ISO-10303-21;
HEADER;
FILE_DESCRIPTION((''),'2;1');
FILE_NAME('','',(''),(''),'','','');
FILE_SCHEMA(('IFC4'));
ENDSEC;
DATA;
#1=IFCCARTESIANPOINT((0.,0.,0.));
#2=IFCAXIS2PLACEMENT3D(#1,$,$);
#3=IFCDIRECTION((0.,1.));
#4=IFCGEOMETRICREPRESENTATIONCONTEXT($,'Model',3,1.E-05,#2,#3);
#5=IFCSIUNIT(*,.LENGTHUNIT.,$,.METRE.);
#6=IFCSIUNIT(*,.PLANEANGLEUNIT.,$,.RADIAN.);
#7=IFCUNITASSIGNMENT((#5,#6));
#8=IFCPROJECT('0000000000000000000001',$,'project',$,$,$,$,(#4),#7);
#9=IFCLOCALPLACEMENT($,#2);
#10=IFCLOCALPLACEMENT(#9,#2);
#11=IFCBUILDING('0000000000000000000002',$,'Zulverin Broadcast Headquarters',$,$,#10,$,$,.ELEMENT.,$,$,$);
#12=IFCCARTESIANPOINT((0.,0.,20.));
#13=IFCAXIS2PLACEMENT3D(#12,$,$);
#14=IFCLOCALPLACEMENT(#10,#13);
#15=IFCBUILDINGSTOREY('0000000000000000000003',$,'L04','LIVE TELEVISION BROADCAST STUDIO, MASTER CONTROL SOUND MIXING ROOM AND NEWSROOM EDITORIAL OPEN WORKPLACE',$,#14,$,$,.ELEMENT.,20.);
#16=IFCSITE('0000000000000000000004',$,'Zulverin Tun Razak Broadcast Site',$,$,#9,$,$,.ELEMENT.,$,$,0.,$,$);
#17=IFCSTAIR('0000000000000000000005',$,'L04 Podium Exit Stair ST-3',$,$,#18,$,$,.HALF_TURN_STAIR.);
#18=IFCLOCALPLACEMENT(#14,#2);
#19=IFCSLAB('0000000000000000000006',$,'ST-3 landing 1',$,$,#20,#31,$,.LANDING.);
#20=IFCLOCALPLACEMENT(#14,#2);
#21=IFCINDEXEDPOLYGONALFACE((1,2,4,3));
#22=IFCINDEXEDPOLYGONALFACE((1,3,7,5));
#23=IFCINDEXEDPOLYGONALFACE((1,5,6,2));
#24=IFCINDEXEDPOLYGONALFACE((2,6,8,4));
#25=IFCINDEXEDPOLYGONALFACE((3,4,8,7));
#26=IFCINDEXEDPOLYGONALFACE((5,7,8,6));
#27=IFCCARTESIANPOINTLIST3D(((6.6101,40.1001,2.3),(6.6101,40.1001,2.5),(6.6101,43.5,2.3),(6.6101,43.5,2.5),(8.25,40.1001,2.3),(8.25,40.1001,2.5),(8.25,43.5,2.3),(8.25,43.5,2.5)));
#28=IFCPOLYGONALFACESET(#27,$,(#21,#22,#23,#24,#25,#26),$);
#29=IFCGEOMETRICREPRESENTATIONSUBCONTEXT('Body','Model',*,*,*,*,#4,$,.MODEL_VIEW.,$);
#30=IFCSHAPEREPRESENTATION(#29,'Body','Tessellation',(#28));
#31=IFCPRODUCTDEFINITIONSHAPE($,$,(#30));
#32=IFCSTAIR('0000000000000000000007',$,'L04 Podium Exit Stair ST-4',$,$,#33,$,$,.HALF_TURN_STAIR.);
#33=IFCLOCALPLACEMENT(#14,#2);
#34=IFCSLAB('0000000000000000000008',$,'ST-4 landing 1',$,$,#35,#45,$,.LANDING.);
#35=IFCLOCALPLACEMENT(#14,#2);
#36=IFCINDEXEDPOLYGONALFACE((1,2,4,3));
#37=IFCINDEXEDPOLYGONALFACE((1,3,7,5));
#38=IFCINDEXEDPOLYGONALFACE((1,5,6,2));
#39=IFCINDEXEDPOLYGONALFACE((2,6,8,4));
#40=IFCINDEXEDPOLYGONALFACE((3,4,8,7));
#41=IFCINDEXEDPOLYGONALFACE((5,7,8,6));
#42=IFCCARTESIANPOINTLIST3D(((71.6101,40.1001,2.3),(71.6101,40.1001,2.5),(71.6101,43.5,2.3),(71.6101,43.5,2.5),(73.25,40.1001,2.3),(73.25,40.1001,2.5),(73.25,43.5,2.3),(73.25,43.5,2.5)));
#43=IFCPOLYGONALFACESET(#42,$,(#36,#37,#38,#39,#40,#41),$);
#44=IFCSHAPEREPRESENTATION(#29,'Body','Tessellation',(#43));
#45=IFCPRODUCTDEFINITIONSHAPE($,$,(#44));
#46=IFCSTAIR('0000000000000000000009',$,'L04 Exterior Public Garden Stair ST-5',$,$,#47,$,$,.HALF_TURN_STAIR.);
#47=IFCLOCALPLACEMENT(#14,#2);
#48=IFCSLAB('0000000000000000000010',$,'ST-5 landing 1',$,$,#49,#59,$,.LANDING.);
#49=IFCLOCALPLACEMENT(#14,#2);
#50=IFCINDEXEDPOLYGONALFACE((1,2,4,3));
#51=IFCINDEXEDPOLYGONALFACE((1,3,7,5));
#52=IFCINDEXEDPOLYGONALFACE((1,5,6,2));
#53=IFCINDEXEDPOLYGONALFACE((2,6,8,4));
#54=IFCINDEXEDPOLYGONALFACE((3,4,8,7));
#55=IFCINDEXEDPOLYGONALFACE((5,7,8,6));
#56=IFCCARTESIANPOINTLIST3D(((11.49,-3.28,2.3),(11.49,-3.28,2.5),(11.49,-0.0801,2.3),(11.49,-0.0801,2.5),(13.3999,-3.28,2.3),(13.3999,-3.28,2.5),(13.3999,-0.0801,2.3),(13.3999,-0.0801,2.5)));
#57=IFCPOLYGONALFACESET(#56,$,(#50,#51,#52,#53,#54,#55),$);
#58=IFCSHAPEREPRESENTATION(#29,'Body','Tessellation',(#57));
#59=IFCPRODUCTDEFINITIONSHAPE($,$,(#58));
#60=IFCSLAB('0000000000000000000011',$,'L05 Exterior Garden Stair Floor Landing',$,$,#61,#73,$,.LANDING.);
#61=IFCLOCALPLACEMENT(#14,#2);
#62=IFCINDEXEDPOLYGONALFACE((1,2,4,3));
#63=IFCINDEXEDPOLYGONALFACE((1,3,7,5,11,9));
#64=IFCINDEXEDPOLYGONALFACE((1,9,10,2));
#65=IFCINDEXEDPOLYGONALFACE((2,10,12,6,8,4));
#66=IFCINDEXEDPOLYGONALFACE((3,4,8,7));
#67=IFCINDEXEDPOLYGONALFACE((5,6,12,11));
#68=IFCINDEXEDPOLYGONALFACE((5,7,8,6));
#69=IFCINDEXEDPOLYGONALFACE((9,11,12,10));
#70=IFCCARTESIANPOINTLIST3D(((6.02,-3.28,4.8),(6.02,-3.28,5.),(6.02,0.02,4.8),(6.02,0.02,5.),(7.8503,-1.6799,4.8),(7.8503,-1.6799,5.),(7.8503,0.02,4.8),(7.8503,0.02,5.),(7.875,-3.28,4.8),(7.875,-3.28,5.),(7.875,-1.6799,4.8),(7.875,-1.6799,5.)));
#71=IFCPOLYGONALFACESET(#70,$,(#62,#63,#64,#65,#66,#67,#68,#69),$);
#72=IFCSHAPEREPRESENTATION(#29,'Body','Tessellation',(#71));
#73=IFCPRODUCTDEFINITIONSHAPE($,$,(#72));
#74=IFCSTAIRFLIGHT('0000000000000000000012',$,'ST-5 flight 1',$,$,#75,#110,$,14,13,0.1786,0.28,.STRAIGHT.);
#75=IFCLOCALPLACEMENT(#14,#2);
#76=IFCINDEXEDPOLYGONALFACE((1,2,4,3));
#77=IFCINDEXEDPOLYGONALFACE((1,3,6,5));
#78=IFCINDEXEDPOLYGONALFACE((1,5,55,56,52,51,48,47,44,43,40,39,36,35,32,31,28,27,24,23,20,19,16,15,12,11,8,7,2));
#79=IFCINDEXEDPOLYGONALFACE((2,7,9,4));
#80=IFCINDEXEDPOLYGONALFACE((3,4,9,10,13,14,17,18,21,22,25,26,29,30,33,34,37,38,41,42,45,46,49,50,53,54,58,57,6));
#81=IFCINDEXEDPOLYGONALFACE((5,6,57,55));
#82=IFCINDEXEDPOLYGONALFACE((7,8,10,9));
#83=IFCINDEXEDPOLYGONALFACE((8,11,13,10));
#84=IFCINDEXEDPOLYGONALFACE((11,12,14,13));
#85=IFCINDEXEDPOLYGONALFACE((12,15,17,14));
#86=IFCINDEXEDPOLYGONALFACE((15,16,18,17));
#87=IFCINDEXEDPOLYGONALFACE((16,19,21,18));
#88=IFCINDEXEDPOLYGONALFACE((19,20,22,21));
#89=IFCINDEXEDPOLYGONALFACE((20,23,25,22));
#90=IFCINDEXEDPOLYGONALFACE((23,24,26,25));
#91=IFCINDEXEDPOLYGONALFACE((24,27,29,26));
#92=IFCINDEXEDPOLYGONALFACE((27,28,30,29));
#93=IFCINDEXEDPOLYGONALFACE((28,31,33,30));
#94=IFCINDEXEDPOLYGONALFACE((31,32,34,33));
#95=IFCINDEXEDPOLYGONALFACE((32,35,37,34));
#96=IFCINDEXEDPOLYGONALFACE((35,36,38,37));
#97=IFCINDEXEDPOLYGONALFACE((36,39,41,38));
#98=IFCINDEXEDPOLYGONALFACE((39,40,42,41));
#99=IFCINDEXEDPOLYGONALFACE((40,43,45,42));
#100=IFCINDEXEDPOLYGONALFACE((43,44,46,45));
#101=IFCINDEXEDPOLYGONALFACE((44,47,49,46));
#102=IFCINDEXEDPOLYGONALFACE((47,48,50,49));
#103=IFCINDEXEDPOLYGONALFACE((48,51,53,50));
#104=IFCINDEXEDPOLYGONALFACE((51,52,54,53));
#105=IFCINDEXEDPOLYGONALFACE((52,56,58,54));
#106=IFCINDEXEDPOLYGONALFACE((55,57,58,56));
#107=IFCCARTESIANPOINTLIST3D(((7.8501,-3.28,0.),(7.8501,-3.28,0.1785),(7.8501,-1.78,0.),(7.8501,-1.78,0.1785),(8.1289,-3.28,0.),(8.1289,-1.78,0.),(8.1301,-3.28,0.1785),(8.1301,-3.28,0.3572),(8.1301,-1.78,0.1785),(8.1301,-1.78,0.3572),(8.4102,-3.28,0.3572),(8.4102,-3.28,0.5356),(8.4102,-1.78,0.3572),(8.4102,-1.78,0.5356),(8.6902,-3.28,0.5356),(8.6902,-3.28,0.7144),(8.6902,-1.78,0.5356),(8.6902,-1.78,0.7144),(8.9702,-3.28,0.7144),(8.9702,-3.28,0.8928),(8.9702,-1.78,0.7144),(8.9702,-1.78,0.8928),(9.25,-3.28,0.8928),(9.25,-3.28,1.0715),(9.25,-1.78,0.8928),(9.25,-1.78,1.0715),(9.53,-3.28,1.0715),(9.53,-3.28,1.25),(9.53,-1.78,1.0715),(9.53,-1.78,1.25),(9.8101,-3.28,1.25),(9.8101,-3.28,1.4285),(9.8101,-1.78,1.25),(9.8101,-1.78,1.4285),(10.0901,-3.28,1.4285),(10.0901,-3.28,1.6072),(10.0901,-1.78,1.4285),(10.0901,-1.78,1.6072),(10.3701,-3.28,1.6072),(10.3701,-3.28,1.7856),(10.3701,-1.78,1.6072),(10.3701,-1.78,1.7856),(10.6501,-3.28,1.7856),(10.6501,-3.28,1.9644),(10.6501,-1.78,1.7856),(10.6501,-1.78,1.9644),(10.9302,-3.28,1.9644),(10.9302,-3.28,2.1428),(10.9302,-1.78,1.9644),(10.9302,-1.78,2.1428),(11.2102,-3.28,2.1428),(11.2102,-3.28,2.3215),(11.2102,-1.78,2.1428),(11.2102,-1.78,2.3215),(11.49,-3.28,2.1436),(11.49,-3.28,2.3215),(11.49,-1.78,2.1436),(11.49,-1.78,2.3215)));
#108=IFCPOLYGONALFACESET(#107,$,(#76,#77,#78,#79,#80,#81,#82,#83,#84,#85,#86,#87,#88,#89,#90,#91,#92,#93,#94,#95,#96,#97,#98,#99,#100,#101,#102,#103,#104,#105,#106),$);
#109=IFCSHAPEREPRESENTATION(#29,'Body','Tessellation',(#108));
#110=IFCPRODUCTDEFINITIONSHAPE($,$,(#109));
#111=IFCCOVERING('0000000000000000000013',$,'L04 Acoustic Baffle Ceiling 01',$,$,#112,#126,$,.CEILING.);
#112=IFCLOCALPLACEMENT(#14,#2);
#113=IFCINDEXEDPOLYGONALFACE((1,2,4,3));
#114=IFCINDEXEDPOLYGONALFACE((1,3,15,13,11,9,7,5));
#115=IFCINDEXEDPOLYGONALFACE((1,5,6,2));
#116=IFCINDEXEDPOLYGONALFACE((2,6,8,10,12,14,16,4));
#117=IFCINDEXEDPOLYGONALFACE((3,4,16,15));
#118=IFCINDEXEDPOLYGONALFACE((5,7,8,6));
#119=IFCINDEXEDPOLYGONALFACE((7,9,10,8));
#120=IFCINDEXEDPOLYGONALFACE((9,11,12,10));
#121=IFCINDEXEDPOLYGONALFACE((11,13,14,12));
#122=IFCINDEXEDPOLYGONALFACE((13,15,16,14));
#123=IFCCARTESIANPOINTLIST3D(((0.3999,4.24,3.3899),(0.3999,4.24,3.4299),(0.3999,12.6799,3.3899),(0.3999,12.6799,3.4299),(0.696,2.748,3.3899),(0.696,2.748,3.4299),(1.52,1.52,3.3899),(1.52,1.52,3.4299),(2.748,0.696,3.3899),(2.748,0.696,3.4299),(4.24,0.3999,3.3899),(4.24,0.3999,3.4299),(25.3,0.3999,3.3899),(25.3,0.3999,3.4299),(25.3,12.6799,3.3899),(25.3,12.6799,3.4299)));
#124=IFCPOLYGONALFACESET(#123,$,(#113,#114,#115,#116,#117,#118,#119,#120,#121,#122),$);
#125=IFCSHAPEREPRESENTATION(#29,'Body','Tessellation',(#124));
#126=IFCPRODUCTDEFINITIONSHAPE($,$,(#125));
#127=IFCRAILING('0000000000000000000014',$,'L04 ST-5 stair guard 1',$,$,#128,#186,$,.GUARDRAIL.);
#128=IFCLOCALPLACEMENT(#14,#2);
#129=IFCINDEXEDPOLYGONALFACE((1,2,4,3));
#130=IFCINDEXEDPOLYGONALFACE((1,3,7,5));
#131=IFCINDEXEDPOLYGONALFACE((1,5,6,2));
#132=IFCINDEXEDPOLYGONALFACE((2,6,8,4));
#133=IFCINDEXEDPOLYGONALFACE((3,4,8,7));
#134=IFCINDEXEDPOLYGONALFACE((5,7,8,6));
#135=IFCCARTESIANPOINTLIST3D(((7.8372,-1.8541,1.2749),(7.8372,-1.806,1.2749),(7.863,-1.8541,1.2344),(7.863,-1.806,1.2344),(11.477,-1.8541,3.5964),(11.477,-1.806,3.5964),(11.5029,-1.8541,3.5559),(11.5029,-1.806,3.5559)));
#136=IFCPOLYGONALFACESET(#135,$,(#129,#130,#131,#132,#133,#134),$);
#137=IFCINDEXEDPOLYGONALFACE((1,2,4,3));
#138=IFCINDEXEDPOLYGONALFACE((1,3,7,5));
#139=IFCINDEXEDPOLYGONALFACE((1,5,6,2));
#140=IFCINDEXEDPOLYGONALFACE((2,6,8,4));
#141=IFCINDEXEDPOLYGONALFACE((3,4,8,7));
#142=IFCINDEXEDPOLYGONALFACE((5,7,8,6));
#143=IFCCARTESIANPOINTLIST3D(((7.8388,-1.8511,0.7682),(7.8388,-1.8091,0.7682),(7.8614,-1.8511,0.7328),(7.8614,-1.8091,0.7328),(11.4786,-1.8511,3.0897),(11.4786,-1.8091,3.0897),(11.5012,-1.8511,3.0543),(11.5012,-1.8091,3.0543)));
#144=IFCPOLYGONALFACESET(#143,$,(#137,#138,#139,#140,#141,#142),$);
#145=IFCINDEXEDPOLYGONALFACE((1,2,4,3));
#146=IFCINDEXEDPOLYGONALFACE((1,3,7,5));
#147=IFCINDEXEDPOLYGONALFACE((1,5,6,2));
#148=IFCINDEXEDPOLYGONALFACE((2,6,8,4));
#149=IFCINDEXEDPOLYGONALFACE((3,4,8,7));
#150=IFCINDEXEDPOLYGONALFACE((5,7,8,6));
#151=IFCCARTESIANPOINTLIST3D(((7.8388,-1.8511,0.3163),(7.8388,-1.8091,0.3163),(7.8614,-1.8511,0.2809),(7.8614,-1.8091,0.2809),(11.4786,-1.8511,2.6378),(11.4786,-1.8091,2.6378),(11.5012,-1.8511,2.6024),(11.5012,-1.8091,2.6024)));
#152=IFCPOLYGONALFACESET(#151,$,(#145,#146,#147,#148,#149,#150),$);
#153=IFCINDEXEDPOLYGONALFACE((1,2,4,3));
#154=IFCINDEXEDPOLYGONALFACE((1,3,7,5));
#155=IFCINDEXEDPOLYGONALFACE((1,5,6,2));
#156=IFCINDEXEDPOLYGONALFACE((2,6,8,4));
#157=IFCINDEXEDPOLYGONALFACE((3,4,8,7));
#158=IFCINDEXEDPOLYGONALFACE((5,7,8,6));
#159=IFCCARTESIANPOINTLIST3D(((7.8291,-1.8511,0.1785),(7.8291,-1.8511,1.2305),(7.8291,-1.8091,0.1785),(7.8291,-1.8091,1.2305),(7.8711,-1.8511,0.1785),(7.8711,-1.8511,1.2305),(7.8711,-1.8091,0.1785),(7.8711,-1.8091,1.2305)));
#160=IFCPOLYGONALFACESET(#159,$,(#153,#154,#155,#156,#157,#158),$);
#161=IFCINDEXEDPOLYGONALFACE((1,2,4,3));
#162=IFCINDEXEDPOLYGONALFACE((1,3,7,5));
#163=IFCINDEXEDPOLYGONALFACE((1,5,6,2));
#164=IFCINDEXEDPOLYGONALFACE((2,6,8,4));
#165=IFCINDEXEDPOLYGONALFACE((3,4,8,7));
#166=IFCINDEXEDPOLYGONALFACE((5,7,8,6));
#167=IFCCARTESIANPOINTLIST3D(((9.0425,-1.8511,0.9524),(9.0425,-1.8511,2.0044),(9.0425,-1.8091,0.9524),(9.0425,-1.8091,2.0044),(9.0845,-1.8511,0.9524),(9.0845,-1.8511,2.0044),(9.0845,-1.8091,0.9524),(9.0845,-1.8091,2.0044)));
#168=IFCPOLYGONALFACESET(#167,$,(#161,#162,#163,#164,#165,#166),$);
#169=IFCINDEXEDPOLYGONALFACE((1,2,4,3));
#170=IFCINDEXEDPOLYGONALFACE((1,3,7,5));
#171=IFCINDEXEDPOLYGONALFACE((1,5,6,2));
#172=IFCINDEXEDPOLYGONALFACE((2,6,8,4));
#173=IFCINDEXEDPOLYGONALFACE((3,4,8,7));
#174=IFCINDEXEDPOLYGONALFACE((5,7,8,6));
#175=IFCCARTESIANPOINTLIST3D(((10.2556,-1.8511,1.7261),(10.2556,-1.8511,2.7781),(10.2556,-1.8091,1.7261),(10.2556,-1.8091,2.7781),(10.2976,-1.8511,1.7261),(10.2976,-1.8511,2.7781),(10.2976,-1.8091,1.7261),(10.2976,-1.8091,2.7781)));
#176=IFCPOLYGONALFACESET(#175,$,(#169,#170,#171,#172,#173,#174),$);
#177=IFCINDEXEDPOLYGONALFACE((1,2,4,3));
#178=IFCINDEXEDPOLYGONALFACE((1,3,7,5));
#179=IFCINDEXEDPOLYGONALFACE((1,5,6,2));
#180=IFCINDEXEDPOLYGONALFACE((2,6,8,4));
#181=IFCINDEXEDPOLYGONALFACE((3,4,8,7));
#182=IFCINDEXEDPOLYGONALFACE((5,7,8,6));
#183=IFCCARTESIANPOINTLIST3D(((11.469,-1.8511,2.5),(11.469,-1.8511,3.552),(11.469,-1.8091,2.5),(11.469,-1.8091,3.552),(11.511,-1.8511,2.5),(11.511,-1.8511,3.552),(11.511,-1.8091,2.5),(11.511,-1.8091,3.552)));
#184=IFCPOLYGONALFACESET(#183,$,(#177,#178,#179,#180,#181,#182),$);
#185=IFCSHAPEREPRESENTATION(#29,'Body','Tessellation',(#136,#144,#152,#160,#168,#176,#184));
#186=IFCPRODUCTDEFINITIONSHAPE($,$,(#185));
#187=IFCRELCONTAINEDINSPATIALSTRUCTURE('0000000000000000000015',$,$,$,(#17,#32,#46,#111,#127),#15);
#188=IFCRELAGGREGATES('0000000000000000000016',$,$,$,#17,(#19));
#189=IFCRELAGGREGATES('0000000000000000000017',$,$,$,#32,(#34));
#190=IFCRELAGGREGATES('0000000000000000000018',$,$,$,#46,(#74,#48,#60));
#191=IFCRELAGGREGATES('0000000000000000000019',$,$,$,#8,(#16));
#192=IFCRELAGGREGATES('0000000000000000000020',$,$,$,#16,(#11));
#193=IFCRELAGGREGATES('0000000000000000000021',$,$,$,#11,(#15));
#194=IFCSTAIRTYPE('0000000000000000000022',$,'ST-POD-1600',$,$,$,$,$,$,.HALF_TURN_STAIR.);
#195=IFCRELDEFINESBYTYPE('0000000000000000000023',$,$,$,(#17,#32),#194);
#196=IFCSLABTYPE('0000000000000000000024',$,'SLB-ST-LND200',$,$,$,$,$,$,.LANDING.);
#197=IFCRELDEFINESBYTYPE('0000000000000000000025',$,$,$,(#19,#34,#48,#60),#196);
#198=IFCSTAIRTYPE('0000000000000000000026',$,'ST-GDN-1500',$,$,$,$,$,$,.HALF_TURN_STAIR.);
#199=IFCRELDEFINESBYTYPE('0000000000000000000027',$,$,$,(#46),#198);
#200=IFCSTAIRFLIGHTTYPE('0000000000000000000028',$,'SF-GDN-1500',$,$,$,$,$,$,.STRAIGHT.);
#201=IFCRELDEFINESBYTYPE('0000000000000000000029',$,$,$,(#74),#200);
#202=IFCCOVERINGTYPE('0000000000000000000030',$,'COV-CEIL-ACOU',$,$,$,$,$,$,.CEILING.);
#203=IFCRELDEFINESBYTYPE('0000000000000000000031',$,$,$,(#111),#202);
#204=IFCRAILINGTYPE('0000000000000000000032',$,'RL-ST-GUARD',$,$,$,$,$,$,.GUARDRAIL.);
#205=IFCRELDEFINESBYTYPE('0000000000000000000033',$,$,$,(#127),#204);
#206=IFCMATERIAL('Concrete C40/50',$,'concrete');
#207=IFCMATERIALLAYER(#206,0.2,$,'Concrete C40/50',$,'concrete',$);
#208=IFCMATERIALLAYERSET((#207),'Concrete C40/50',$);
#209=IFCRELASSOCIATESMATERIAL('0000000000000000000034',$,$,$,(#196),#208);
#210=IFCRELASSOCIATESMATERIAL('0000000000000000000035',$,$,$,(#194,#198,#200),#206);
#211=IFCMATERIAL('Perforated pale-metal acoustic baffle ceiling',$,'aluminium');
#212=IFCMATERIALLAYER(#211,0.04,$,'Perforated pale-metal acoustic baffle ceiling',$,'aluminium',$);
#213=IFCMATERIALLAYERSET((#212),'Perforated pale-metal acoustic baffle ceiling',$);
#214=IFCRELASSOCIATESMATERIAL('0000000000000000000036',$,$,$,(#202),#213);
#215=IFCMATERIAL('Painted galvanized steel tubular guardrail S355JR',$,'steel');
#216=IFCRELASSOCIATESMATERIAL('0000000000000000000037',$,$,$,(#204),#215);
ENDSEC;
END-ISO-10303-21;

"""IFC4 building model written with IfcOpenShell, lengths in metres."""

from ifc_helpers import new_model, si_unit, direction, frame, origin, origin_2d, place, context, subcontext, project, spatial, polyline, rectangle, outline, extrude, material, layer, layer_set, type_object, element, aggregate, save


model = new_model("IFC4")

# Units and contexts
model_context = context("Model", 3, precision=1e-05, world=origin(), true_north=direction((0.0, 1.0)))
body_context = subcontext(model_context, "Body", "Model", "MODEL_VIEW")
ifc_project = project(units=[si_unit("LENGTHUNIT", "METRE"), si_unit("PLANEANGLEUNIT", "RADIAN")], contexts=[model_context])

# Site, building, storey
site_placement = place(None, origin())
site = spatial("IfcSite", under=ifc_project, at=site_placement, Name="Zulverin Tun Razak Broadcast Site", CompositionType="ELEMENT", RefElevation=0.0)
building_placement = place(site_placement, origin())
building = spatial("IfcBuilding", under=site, at=building_placement, Name="Zulverin Broadcast Headquarters", CompositionType="ELEMENT")
storey_placement = place(building_placement, frame((0.0, 0.0, 20.0)))
storey = spatial("IfcBuildingStorey", under=building, at=storey_placement, Name="L04", Description="LIVE TELEVISION BROADCAST STUDIO, MASTER CONTROL SOUND MIXING ROOM AND NEWSROOM EDITORIAL OPEN WORKPLACE", CompositionType="ELEMENT", Elevation=20.0)

# Shared definitions
ifc_material_1 = material(Name="Concrete C40/50", Category="concrete")

# Stairs, slabs
ifc_layer_1 = layer(ifc_material_1, 0.2, Name="Concrete C40/50", Category="concrete")
ifc_layer_set_1 = layer_set([ifc_layer_1], Name="Concrete C40/50")
slab_type_1 = type_object("IfcSlabType", Name="SLB-ST-LND200", PredefinedType="LANDING", material=ifc_layer_set_1)
stair_type_1 = type_object("IfcStairType", Name="ST-POD-1600", PredefinedType="HALF_TURN_STAIR", material=ifc_material_1)
stair_1_placement = place(storey_placement, origin())
stair_1 = element("IfcStair", 1, at=stair_1_placement, inside=storey, type_object=stair_type_1, Name="L04 Podium Exit Stair ST-3", PredefinedType="HALF_TURN_STAIR")
slab_1_placement = place(storey_placement, frame((0.0, 0.0, 2.3)))
slab_1 = element("IfcSlab", 2, at=slab_1_placement, type_object=slab_type_1, Name="ST-3 landing 1", PredefinedType="LANDING", context=body_context, shape_type="SweptSolid", body=[
    extrude(outline(polyline([(6.6101, 40.1001), (8.25, 40.1001), (8.25, 43.5), (6.6101, 43.5), (6.6101, 40.1001)])), origin(), (0.0, 0.0, 1.0), 0.2),
])
aggregate(stair_1, [slab_1])
stair_2_placement = place(storey_placement, origin())
stair_2 = element("IfcStair", 3, at=stair_2_placement, inside=storey, type_object=stair_type_1, Name="L04 Podium Exit Stair ST-4", PredefinedType="HALF_TURN_STAIR")
slab_2_placement = place(storey_placement, frame((0.0, 0.0, 2.3)))
slab_2 = element("IfcSlab", 4, at=slab_2_placement, type_object=slab_type_1, Name="ST-4 landing 1", PredefinedType="LANDING", context=body_context, shape_type="SweptSolid", body=[
    extrude(outline(polyline([(71.6101, 40.1001), (73.25, 40.1001), (73.25, 43.5), (71.6101, 43.5), (71.6101, 40.1001)])), origin(), (0.0, 0.0, 1.0), 0.2),
])
aggregate(stair_2, [slab_2])

# Stair, slabs, stair flight
stair_type_2 = type_object("IfcStairType", Name="ST-GDN-1500", PredefinedType="HALF_TURN_STAIR", material=ifc_material_1)
stair_3_placement = place(storey_placement, origin())
stair_3 = element("IfcStair", 5, at=stair_3_placement, inside=storey, type_object=stair_type_2, Name="L04 Exterior Public Garden Stair ST-5", PredefinedType="HALF_TURN_STAIR")
slab_3_placement = place(storey_placement, frame((0.0, 0.0, 2.3)))
slab_3 = element("IfcSlab", 6, at=slab_3_placement, type_object=slab_type_1, Name="ST-5 landing 1", PredefinedType="LANDING", context=body_context, shape_type="SweptSolid", body=[
    extrude(outline(polyline([(11.49, -3.28), (13.3999, -3.28), (13.3999, -0.0801), (11.49, -0.0801), (11.49, -3.28)])), origin(), (0.0, 0.0, 1.0), 0.2),
])
placement = place(building_placement, frame((0.0, 0.0, 25.0)))
slab_4_placement = place(placement, frame((0.0, 0.0, -0.2)))
slab_4 = element("IfcSlab", 7, at=slab_4_placement, type_object=slab_type_1, Name="L05 Exterior Garden Stair Floor Landing", PredefinedType="LANDING", context=body_context, shape_type="SweptSolid", body=[
    extrude(outline(polyline([(6.02, -3.28), (7.875, -3.28), (7.875, -1.6799), (7.8503, -1.6799), (7.8503, 0.02), (6.02, 0.02), (6.02, -3.28)])), origin(), (0.0, 0.0, 1.0), 0.2),
])
stair_flight_type = type_object("IfcStairFlightType", Name="SF-GDN-1500", PredefinedType="STRAIGHT", material=ifc_material_1)
stair_flight_placement = place(storey_placement, frame((7.8501, -2.53, 0.0), z_axis=(0.0, 0.0, 1.0), x_axis=(1.0, 0.0, 0.0)))
stair_flight = element("IfcStairFlight", 8, at=stair_flight_placement, type_object=stair_flight_type, Name="ST-5 flight 1", NumberOfRisers=14, NumberOfTreads=13, PredefinedType="STRAIGHT", RiserHeight=0.1786, TreadLength=0.28, context=body_context, shape_type="SweptSolid", body=[
    extrude(outline(polyline([(0.0, 0.0), (0.0, 0.1785), (0.28, 0.1785), (0.28, 0.3572), (0.5601, 0.3572), (0.5601, 0.5356), (0.8401, 0.5356), (0.8401, 0.7144), (1.1201, 0.7144), (1.1201, 0.8928), (1.3999, 0.8928), (1.3999, 1.0715), (1.6799, 1.0715), (1.6799, 1.25), (1.96, 1.25), (1.96, 1.4285), (2.24, 1.4285), (2.24, 1.6072), (2.52, 1.6072), (2.52, 1.7856), (2.8, 1.7856), (2.8, 1.9644), (3.0801, 1.9644), (3.0801, 2.1428), (3.3601, 2.1428), (3.3601, 2.3215), (3.6399, 2.3215), (3.6399, 2.5), (3.6399, 2.1436), (0.2788, 0.0), (0.0, 0.0)])), frame((0.0, 0.75, 0.0), z_axis=(0.0, -1.0, 0.0), x_axis=(1.0, 0.0, 0.0)), (0.0, 0.0, 1.0), 1.5),
])
aggregate(stair_3, [stair_flight, slab_3, slab_4])

# Covering
ifc_material_2 = material(Name="Perforated pale-metal acoustic baffle ceiling", Category="aluminium")
ifc_layer_2 = layer(ifc_material_2, 0.04, Name="Perforated pale-metal acoustic baffle ceiling", Category="aluminium")
ifc_layer_set_2 = layer_set([ifc_layer_2], Name="Perforated pale-metal acoustic baffle ceiling")
covering_type = type_object("IfcCoveringType", Name="COV-CEIL-ACOU", PredefinedType="CEILING", material=ifc_layer_set_2)
covering_placement = place(storey_placement, frame((0.0, 0.0, 3.3899)))
element("IfcCovering", 9, at=covering_placement, inside=storey, type_object=covering_type, Name="L04 Acoustic Baffle Ceiling 01", PredefinedType="CEILING", context=body_context, shape_type="SweptSolid", body=[
    extrude(outline(polyline([(0.3999, 4.24), (0.696, 2.748), (1.52, 1.52), (2.748, 0.696), (4.24, 0.3999), (25.3, 0.3999), (25.3, 12.6799), (0.3999, 12.6799), (0.3999, 4.24)])), origin(), (0.0, 0.0, 1.0), 0.04),
])

# Railing
ifc_material_3 = material(Name="Painted galvanized steel tubular guardrail S355JR", Category="steel")
railing_type_1 = type_object("IfcRailingType", Name="RL-ST-GUARD", PredefinedType="GUARDRAIL", material=ifc_material_3)
railing_1_placement = place(storey_placement, frame((7.8501, -1.8301, 0.1785)))
element("IfcRailing", 10, at=railing_1_placement, inside=storey, type_object=railing_type_1, Name="L04 ST-5 stair guard 1", PredefinedType="GUARDRAIL", context=body_context, shape_type="SweptSolid", body=[
    extrude(rectangle(XDim=0.0481, YDim=0.0481, at=origin_2d()), frame((0.0, 0.0, 1.0762), z_axis=(0.843112, 0.0, 0.537739), x_axis=(0.0, 1.0, 0.0)), (0.0, 0.0, 1.0), 4.3171),
    extrude(rectangle(XDim=0.042, YDim=0.042, at=origin_2d()), frame((0.0, 0.0, 0.572), z_axis=(0.843112, 0.0, 0.537739), x_axis=(0.0, 1.0, 0.0)), (0.0, 0.0, 1.0), 4.3171),
    extrude(rectangle(XDim=0.042, YDim=0.042, at=origin_2d()), frame((0.0, 0.0, 0.1201), z_axis=(0.843112, 0.0, 0.537739), x_axis=(0.0, 1.0, 0.0)), (0.0, 0.0, 1.0), 4.3171),
    extrude(rectangle(XDim=0.042, YDim=0.042, at=origin_2d()), origin(), (0.0, 0.0, 1.0), 1.052),
    extrude(rectangle(XDim=0.042, YDim=0.042, at=origin_2d()), frame((1.2134, 0.0, 0.7739)), (0.0, 0.0, 1.0), 1.052),
    extrude(rectangle(XDim=0.042, YDim=0.042, at=origin_2d()), frame((2.4265, 0.0, 1.5476)), (0.0, 0.0, 1.0), 1.052),
    extrude(rectangle(XDim=0.042, YDim=0.042, at=origin_2d()), frame((3.6399, 0.0, 2.3215)), (0.0, 0.0, 1.0), 1.052),
])

save(model, "model.ifc")
